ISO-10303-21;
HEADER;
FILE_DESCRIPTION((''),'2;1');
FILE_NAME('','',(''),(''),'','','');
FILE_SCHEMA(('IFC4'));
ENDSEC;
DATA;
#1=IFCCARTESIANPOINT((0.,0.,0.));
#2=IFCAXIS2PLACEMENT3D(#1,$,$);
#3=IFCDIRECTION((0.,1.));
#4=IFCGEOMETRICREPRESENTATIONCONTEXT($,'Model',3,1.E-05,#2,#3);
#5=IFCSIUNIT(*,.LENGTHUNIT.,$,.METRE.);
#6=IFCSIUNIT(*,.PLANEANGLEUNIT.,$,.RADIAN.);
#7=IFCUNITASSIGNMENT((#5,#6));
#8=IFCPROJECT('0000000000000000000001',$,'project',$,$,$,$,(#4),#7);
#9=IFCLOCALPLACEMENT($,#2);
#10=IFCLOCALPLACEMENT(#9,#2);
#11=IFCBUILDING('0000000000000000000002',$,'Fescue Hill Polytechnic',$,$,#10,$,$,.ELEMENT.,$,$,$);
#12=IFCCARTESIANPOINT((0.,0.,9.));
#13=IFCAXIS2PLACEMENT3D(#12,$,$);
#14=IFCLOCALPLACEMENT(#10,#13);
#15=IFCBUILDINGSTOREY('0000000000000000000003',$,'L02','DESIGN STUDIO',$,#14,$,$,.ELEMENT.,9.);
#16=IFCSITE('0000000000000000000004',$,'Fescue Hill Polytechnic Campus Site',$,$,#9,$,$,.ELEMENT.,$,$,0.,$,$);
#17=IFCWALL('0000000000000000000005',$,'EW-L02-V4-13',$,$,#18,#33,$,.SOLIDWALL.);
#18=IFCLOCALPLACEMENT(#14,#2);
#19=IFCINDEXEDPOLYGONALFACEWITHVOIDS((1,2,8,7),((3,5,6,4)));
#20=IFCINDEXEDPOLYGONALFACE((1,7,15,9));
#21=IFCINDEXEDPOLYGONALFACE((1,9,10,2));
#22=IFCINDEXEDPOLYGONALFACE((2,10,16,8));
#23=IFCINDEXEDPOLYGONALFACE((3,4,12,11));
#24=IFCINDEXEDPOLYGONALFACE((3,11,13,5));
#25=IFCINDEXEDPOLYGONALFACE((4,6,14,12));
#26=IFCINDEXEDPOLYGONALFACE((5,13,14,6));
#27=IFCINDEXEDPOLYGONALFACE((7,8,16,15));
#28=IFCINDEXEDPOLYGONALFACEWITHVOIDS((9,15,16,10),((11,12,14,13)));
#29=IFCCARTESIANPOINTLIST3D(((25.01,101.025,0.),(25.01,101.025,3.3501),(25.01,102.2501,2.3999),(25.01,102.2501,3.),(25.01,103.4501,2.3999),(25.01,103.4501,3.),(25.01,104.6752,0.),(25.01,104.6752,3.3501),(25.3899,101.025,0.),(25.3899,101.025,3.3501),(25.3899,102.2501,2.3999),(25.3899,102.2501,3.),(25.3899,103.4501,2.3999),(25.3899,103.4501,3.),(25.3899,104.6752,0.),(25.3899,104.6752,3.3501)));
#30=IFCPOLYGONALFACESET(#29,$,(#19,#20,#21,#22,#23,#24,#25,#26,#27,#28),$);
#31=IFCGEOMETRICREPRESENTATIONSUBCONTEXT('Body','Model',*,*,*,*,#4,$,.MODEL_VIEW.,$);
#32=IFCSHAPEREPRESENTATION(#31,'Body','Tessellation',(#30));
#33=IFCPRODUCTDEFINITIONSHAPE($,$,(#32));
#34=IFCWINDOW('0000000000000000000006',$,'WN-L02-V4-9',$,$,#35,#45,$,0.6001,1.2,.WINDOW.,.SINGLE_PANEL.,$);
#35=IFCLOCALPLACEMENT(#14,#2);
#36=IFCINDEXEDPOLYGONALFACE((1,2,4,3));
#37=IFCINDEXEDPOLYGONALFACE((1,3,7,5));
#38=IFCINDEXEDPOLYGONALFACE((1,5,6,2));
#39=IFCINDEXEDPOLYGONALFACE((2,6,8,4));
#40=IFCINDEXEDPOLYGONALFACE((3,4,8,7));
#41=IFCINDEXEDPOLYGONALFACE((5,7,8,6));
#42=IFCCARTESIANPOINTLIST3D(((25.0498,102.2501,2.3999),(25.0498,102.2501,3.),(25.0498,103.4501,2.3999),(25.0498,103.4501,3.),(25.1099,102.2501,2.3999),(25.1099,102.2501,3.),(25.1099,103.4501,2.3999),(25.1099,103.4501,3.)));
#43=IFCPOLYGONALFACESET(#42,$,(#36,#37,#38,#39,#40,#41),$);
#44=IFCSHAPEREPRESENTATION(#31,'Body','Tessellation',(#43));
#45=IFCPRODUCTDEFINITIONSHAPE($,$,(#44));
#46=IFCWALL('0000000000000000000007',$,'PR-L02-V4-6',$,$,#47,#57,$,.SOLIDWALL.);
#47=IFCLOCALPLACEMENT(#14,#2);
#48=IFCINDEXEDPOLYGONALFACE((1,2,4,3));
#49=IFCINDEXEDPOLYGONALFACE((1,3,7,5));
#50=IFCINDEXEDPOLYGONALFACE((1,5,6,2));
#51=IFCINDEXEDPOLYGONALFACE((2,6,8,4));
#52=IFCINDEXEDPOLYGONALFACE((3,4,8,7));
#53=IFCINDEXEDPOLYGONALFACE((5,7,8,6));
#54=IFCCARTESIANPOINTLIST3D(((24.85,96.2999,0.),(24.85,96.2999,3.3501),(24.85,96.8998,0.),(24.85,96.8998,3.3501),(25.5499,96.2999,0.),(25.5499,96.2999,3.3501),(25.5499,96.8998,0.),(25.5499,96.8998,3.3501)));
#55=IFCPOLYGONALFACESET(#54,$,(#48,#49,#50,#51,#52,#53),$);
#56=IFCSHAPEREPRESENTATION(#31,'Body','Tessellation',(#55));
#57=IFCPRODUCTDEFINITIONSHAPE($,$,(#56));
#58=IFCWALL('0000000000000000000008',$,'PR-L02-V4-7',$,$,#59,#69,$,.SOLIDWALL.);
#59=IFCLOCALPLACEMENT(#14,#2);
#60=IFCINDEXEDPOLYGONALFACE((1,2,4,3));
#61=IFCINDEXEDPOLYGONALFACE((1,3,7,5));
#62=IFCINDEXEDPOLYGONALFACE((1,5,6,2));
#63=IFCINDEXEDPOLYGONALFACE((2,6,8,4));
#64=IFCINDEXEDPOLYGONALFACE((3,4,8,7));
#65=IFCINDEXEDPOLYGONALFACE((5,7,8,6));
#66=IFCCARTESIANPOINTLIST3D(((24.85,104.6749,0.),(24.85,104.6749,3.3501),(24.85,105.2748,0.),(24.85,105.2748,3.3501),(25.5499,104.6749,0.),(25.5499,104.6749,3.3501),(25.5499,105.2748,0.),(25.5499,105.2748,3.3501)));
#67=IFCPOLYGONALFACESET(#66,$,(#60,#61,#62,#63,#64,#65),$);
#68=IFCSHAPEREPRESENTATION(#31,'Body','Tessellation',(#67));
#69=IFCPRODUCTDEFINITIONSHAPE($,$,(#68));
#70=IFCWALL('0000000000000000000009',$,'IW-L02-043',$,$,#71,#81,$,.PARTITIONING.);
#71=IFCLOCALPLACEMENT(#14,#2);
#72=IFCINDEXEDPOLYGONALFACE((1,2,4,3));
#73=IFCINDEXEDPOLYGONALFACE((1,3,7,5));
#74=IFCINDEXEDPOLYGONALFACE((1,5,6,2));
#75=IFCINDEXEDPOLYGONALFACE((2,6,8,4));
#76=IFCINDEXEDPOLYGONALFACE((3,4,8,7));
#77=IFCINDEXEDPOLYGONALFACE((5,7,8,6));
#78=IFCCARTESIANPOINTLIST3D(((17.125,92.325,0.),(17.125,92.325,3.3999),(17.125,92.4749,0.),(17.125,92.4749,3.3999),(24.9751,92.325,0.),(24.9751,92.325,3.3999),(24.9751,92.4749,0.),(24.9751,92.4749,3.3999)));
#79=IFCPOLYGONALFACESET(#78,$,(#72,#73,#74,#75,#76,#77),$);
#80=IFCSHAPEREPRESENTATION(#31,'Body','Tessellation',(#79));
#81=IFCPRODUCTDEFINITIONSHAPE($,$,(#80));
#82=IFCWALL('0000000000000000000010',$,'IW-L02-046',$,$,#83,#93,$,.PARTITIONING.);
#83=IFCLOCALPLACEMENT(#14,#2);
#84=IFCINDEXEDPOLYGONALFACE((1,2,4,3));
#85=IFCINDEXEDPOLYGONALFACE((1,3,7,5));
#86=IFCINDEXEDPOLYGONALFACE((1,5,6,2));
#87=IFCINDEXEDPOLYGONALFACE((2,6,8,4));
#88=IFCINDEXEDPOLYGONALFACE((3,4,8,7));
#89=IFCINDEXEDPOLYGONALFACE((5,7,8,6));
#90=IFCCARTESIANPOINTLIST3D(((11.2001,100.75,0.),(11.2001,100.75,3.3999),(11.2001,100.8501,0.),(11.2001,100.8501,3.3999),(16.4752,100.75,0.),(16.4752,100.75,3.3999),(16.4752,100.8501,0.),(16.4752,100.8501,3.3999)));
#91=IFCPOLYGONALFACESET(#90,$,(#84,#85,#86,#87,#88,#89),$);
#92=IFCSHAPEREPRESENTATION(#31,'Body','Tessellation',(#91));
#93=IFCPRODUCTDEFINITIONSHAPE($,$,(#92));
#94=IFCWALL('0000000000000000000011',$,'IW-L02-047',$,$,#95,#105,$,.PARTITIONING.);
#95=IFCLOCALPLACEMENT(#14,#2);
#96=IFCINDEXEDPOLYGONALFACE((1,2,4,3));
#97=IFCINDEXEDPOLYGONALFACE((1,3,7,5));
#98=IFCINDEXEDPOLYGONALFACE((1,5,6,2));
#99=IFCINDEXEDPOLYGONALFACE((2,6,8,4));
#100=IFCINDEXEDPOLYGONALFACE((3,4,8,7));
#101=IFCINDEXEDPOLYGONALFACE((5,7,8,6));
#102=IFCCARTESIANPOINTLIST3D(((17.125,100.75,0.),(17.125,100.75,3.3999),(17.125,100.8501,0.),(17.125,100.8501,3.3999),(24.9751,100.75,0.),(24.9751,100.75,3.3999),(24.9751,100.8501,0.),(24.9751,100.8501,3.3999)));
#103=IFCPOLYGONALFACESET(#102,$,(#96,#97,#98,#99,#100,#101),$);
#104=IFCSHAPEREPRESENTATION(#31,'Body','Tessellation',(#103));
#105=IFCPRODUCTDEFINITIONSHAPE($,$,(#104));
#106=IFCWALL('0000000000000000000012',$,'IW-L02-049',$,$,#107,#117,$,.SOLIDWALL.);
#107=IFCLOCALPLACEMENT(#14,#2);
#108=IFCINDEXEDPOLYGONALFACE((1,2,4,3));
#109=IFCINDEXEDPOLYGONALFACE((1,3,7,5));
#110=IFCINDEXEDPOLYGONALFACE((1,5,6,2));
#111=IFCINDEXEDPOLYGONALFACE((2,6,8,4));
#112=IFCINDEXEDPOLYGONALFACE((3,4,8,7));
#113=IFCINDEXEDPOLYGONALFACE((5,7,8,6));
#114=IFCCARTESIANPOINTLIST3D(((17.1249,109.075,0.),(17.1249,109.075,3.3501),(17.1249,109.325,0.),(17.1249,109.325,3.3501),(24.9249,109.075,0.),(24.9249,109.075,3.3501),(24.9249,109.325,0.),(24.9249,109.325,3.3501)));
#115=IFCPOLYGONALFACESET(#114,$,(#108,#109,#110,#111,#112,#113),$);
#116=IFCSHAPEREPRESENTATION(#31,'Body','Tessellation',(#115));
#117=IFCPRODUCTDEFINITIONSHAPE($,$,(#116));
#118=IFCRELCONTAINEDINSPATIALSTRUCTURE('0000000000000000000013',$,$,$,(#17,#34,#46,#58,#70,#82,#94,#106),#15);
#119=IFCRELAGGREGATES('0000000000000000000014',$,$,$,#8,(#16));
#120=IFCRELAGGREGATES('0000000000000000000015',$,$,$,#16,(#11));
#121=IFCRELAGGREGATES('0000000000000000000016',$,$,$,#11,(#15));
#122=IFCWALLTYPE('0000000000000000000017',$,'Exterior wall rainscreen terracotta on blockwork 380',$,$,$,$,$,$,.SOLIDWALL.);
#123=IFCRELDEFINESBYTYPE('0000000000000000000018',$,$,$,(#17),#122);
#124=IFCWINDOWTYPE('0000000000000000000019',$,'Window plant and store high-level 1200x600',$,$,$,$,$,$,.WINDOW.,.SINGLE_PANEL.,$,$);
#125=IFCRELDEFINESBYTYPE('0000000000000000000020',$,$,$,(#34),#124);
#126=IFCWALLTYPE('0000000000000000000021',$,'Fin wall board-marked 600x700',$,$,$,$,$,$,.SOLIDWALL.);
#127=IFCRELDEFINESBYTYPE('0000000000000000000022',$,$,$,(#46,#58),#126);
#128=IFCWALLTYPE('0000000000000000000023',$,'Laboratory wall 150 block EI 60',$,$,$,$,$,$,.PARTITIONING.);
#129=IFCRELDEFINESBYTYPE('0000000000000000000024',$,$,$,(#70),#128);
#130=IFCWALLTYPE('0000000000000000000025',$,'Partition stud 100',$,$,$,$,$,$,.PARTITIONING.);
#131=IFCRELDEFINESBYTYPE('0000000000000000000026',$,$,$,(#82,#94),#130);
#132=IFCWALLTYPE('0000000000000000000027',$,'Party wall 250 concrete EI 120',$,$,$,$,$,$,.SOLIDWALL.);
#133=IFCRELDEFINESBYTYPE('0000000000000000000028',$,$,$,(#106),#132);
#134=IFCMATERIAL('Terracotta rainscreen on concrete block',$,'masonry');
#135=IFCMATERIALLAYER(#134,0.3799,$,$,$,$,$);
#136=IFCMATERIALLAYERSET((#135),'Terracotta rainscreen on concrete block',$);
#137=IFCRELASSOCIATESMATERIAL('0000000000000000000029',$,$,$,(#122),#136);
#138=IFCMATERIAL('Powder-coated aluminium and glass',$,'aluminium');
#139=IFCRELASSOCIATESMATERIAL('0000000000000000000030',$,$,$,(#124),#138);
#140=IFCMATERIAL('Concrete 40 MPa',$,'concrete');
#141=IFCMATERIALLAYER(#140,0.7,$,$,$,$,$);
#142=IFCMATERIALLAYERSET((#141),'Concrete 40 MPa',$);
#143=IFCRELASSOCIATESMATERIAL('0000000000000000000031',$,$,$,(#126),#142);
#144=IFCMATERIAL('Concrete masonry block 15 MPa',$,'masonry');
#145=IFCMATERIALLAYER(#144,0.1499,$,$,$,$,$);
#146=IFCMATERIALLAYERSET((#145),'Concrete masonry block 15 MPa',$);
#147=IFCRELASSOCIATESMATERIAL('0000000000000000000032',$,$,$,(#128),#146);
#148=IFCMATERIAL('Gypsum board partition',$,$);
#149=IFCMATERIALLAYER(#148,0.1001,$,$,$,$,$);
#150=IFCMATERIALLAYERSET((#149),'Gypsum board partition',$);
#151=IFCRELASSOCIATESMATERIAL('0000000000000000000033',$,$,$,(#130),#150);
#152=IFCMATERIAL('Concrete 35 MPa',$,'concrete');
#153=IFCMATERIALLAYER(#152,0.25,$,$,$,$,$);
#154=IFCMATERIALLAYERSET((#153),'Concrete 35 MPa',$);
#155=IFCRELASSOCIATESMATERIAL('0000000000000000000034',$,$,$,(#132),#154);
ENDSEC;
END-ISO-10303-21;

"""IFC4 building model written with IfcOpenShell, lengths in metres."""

from ifc_helpers import new_model, si_unit, direction, frame, frame_2d, origin, place, context, subcontext, project, spatial, rectangle, extrude, material, layer, layer_set, type_object, element, fill, save


model = new_model("IFC4")

# Units and contexts
model_context = context("Model", 3, precision=1e-05, world=origin(), true_north=direction((0.0, 1.0)))
body_context = subcontext(model_context, "Body", "Model", "MODEL_VIEW")
ifc_project = project(units=[si_unit("LENGTHUNIT", "METRE"), si_unit("PLANEANGLEUNIT", "RADIAN")], contexts=[model_context])

# Site, building, storey
site_placement = place(None, origin())
site = spatial("IfcSite", under=ifc_project, at=site_placement, Name="Fescue Hill Polytechnic Campus Site", CompositionType="ELEMENT", RefElevation=0.0)
building_placement = place(site_placement, origin())
building = spatial("IfcBuilding", under=site, at=building_placement, Name="Fescue Hill Polytechnic", CompositionType="ELEMENT")
storey_placement = place(building_placement, frame((0.0, 0.0, 9.0)))
storey = spatial("IfcBuildingStorey", under=building, at=storey_placement, Name="L02", Description="DESIGN STUDIO", CompositionType="ELEMENT", Elevation=9.0)

# Shared definitions
ifc_material_1 = material(Name="Concrete 40 MPa", Category="concrete")

# Shared definitions
ifc_material_2 = material(Name="Concrete 35 MPa", Category="concrete")

# Wall, opening, window
ifc_material_3 = material(Name="Terracotta rainscreen on concrete block", Category="masonry")
ifc_layer_1 = layer(ifc_material_3, 0.3799)
ifc_layer_set_1 = layer_set([ifc_layer_1], Name="Terracotta rainscreen on concrete block")
wall_type_1 = type_object("IfcWallType", Name="Exterior wall rainscreen terracotta on blockwork 380", PredefinedType="SOLIDWALL", material=ifc_layer_set_1)
ifc_material_4 = material(Name="Powder-coated aluminium and glass", Category="aluminium")
wall_1_placement = place(storey_placement, frame((25.2, 101.0249, 0.0), z_axis=(0.0, 0.0, 1.0), x_axis=(0.0, 1.0, 0.0)))
wall_1 = element("IfcWall", 1, at=wall_1_placement, inside=storey, type_object=wall_type_1, Name="EW-L02-V4-13", PredefinedType="SOLIDWALL", context=body_context, shape_type="SweptSolid", body=[
    extrude(rectangle(XDim=3.6501, YDim=0.3799, at=frame_2d((1.8252, 0.0))), origin(), (0.0, 0.0, 1.0), 3.3501),
])
opening_1_placement = place(wall_1_placement, frame((1.2251, 0.0, 2.3999)))
opening_1 = element("IfcOpeningElement", 2, at=opening_1_placement, cuts=wall_1, PredefinedType="OPENING", context=body_context, shape_type="SweptSolid", body=[
    extrude(rectangle(XDim=1.2, YDim=0.6001, at=frame_2d((0.6001, 0.3))), frame((0.0, 0.2, 0.0), z_axis=(0.0, -1.0, 0.0), x_axis=(1.0, 0.0, 0.0)), (0.0, 0.0, 1.0), 0.3999),
])
window_type_1 = type_object("IfcWindowType", Name="Window plant and store high-level 1200x600", PartitioningType="SINGLE_PANEL", PredefinedType="WINDOW", material=ifc_material_4)
window_1_placement = place(opening_1_placement, origin())
window_1 = element("IfcWindow", 3, at=window_1_placement, inside=storey, type_object=window_type_1, Name="WN-L02-V4-9", OverallHeight=0.6001, OverallWidth=1.2, PartitioningType="SINGLE_PANEL", PredefinedType="WINDOW", context=body_context, shape_type="SweptSolid", body=[
    extrude(rectangle(XDim=1.2, YDim=0.6001, at=frame_2d((0.6001, 0.3))), frame((0.0, 0.1501, 0.0), z_axis=(0.0, -1.0, 0.0), x_axis=(1.0, 0.0, 0.0)), (0.0, 0.0, 1.0), 0.0601),
])
fill(opening_1, window_1)

# Walls
ifc_layer_2 = layer(ifc_material_1, 0.7)
ifc_layer_set_2 = layer_set([ifc_layer_2], Name="Concrete 40 MPa")
wall_type_2 = type_object("IfcWallType", Name="Fin wall board-marked 600x700", PredefinedType="SOLIDWALL", material=ifc_layer_set_2)
for number, where, z_axis, x_axis, name in (
    (4, (25.2, 96.3, 0.0), (0.0, 0.0, 1.0), (0.0, 1.0, 0.0), "PR-L02-V4-6"),
    (5, (25.2, 104.675, 0.0), (0.0, 0.0, 1.0), (0.0, 1.0, 0.0), "PR-L02-V4-7"),
):
    element("IfcWall", number, at=place(storey_placement, frame(where, z_axis=z_axis, x_axis=x_axis)), inside=storey, type_object=wall_type_2, Name=name, PredefinedType="SOLIDWALL", context=body_context, shape_type="SweptSolid", body=[
        extrude(rectangle(XDim=0.5999, YDim=0.7, at=frame_2d((0.2998, 0.0))), origin(), (0.0, 0.0, 1.0), 3.3501),
    ])
ifc_material_5 = material(Name="Concrete masonry block 15 MPa", Category="masonry")
ifc_layer_3 = layer(ifc_material_5, 0.1499)
ifc_layer_set_3 = layer_set([ifc_layer_3], Name="Concrete masonry block 15 MPa")
wall_type_3 = type_object("IfcWallType", Name="Laboratory wall 150 block EI 60", PredefinedType="PARTITIONING", material=ifc_layer_set_3)
wall_2_placement = place(storey_placement, frame((17.125, 92.3999, 0.0), z_axis=(0.0, 0.0, 1.0), x_axis=(1.0, 0.0, 0.0)))
element("IfcWall", 6, at=wall_2_placement, inside=storey, type_object=wall_type_3, Name="IW-L02-043", PredefinedType="PARTITIONING", context=body_context, shape_type="SweptSolid", body=[
    extrude(rectangle(XDim=7.8501, YDim=0.1499, at=frame_2d((3.925, 0.0))), origin(), (0.0, 0.0, 1.0), 3.3999),
])
ifc_material_6 = material(Name="Gypsum board partition")
ifc_layer_4 = layer(ifc_material_6, 0.1001)
ifc_layer_set_4 = layer_set([ifc_layer_4], Name="Gypsum board partition")
wall_type_4 = type_object("IfcWallType", Name="Partition stud 100", PredefinedType="PARTITIONING", material=ifc_layer_set_4)
wall_3_placement = place(storey_placement, frame((11.2, 100.8, 0.0), z_axis=(0.0, 0.0, 1.0), x_axis=(1.0, 0.0, 0.0)))
element("IfcWall", 7, at=wall_3_placement, inside=storey, type_object=wall_type_4, Name="IW-L02-046", PredefinedType="PARTITIONING", context=body_context, shape_type="SweptSolid", body=[
    extrude(rectangle(XDim=5.2751, YDim=0.1001, at=frame_2d((2.6377, 0.0))), origin(), (0.0, 0.0, 1.0), 3.3999),
])
wall_4_placement = place(storey_placement, frame((17.125, 100.8, 0.0), z_axis=(0.0, 0.0, 1.0), x_axis=(1.0, 0.0, 0.0)))
element("IfcWall", 8, at=wall_4_placement, inside=storey, type_object=wall_type_4, Name="IW-L02-047", PredefinedType="PARTITIONING", context=body_context, shape_type="SweptSolid", body=[
    extrude(rectangle(XDim=7.8501, YDim=0.1001, at=frame_2d((3.925, 0.0))), origin(), (0.0, 0.0, 1.0), 3.3999),
])
ifc_layer_5 = layer(ifc_material_2, 0.25)
ifc_layer_set_5 = layer_set([ifc_layer_5], Name="Concrete 35 MPa")
wall_type_5 = type_object("IfcWallType", Name="Party wall 250 concrete EI 120", PredefinedType="SOLIDWALL", material=ifc_layer_set_5)
wall_5_placement = place(storey_placement, frame((17.125, 109.2, 0.0), z_axis=(0.0, 0.0, 1.0), x_axis=(1.0, 0.0, 0.0)))
element("IfcWall", 9, at=wall_5_placement, inside=storey, type_object=wall_type_5, Name="IW-L02-049", PredefinedType="SOLIDWALL", context=body_context, shape_type="SweptSolid", body=[
    extrude(rectangle(XDim=7.8, YDim=0.25, at=frame_2d((3.8999, 0.0))), origin(), (0.0, 0.0, 1.0), 3.3501),
])

save(model, "model.ifc")
